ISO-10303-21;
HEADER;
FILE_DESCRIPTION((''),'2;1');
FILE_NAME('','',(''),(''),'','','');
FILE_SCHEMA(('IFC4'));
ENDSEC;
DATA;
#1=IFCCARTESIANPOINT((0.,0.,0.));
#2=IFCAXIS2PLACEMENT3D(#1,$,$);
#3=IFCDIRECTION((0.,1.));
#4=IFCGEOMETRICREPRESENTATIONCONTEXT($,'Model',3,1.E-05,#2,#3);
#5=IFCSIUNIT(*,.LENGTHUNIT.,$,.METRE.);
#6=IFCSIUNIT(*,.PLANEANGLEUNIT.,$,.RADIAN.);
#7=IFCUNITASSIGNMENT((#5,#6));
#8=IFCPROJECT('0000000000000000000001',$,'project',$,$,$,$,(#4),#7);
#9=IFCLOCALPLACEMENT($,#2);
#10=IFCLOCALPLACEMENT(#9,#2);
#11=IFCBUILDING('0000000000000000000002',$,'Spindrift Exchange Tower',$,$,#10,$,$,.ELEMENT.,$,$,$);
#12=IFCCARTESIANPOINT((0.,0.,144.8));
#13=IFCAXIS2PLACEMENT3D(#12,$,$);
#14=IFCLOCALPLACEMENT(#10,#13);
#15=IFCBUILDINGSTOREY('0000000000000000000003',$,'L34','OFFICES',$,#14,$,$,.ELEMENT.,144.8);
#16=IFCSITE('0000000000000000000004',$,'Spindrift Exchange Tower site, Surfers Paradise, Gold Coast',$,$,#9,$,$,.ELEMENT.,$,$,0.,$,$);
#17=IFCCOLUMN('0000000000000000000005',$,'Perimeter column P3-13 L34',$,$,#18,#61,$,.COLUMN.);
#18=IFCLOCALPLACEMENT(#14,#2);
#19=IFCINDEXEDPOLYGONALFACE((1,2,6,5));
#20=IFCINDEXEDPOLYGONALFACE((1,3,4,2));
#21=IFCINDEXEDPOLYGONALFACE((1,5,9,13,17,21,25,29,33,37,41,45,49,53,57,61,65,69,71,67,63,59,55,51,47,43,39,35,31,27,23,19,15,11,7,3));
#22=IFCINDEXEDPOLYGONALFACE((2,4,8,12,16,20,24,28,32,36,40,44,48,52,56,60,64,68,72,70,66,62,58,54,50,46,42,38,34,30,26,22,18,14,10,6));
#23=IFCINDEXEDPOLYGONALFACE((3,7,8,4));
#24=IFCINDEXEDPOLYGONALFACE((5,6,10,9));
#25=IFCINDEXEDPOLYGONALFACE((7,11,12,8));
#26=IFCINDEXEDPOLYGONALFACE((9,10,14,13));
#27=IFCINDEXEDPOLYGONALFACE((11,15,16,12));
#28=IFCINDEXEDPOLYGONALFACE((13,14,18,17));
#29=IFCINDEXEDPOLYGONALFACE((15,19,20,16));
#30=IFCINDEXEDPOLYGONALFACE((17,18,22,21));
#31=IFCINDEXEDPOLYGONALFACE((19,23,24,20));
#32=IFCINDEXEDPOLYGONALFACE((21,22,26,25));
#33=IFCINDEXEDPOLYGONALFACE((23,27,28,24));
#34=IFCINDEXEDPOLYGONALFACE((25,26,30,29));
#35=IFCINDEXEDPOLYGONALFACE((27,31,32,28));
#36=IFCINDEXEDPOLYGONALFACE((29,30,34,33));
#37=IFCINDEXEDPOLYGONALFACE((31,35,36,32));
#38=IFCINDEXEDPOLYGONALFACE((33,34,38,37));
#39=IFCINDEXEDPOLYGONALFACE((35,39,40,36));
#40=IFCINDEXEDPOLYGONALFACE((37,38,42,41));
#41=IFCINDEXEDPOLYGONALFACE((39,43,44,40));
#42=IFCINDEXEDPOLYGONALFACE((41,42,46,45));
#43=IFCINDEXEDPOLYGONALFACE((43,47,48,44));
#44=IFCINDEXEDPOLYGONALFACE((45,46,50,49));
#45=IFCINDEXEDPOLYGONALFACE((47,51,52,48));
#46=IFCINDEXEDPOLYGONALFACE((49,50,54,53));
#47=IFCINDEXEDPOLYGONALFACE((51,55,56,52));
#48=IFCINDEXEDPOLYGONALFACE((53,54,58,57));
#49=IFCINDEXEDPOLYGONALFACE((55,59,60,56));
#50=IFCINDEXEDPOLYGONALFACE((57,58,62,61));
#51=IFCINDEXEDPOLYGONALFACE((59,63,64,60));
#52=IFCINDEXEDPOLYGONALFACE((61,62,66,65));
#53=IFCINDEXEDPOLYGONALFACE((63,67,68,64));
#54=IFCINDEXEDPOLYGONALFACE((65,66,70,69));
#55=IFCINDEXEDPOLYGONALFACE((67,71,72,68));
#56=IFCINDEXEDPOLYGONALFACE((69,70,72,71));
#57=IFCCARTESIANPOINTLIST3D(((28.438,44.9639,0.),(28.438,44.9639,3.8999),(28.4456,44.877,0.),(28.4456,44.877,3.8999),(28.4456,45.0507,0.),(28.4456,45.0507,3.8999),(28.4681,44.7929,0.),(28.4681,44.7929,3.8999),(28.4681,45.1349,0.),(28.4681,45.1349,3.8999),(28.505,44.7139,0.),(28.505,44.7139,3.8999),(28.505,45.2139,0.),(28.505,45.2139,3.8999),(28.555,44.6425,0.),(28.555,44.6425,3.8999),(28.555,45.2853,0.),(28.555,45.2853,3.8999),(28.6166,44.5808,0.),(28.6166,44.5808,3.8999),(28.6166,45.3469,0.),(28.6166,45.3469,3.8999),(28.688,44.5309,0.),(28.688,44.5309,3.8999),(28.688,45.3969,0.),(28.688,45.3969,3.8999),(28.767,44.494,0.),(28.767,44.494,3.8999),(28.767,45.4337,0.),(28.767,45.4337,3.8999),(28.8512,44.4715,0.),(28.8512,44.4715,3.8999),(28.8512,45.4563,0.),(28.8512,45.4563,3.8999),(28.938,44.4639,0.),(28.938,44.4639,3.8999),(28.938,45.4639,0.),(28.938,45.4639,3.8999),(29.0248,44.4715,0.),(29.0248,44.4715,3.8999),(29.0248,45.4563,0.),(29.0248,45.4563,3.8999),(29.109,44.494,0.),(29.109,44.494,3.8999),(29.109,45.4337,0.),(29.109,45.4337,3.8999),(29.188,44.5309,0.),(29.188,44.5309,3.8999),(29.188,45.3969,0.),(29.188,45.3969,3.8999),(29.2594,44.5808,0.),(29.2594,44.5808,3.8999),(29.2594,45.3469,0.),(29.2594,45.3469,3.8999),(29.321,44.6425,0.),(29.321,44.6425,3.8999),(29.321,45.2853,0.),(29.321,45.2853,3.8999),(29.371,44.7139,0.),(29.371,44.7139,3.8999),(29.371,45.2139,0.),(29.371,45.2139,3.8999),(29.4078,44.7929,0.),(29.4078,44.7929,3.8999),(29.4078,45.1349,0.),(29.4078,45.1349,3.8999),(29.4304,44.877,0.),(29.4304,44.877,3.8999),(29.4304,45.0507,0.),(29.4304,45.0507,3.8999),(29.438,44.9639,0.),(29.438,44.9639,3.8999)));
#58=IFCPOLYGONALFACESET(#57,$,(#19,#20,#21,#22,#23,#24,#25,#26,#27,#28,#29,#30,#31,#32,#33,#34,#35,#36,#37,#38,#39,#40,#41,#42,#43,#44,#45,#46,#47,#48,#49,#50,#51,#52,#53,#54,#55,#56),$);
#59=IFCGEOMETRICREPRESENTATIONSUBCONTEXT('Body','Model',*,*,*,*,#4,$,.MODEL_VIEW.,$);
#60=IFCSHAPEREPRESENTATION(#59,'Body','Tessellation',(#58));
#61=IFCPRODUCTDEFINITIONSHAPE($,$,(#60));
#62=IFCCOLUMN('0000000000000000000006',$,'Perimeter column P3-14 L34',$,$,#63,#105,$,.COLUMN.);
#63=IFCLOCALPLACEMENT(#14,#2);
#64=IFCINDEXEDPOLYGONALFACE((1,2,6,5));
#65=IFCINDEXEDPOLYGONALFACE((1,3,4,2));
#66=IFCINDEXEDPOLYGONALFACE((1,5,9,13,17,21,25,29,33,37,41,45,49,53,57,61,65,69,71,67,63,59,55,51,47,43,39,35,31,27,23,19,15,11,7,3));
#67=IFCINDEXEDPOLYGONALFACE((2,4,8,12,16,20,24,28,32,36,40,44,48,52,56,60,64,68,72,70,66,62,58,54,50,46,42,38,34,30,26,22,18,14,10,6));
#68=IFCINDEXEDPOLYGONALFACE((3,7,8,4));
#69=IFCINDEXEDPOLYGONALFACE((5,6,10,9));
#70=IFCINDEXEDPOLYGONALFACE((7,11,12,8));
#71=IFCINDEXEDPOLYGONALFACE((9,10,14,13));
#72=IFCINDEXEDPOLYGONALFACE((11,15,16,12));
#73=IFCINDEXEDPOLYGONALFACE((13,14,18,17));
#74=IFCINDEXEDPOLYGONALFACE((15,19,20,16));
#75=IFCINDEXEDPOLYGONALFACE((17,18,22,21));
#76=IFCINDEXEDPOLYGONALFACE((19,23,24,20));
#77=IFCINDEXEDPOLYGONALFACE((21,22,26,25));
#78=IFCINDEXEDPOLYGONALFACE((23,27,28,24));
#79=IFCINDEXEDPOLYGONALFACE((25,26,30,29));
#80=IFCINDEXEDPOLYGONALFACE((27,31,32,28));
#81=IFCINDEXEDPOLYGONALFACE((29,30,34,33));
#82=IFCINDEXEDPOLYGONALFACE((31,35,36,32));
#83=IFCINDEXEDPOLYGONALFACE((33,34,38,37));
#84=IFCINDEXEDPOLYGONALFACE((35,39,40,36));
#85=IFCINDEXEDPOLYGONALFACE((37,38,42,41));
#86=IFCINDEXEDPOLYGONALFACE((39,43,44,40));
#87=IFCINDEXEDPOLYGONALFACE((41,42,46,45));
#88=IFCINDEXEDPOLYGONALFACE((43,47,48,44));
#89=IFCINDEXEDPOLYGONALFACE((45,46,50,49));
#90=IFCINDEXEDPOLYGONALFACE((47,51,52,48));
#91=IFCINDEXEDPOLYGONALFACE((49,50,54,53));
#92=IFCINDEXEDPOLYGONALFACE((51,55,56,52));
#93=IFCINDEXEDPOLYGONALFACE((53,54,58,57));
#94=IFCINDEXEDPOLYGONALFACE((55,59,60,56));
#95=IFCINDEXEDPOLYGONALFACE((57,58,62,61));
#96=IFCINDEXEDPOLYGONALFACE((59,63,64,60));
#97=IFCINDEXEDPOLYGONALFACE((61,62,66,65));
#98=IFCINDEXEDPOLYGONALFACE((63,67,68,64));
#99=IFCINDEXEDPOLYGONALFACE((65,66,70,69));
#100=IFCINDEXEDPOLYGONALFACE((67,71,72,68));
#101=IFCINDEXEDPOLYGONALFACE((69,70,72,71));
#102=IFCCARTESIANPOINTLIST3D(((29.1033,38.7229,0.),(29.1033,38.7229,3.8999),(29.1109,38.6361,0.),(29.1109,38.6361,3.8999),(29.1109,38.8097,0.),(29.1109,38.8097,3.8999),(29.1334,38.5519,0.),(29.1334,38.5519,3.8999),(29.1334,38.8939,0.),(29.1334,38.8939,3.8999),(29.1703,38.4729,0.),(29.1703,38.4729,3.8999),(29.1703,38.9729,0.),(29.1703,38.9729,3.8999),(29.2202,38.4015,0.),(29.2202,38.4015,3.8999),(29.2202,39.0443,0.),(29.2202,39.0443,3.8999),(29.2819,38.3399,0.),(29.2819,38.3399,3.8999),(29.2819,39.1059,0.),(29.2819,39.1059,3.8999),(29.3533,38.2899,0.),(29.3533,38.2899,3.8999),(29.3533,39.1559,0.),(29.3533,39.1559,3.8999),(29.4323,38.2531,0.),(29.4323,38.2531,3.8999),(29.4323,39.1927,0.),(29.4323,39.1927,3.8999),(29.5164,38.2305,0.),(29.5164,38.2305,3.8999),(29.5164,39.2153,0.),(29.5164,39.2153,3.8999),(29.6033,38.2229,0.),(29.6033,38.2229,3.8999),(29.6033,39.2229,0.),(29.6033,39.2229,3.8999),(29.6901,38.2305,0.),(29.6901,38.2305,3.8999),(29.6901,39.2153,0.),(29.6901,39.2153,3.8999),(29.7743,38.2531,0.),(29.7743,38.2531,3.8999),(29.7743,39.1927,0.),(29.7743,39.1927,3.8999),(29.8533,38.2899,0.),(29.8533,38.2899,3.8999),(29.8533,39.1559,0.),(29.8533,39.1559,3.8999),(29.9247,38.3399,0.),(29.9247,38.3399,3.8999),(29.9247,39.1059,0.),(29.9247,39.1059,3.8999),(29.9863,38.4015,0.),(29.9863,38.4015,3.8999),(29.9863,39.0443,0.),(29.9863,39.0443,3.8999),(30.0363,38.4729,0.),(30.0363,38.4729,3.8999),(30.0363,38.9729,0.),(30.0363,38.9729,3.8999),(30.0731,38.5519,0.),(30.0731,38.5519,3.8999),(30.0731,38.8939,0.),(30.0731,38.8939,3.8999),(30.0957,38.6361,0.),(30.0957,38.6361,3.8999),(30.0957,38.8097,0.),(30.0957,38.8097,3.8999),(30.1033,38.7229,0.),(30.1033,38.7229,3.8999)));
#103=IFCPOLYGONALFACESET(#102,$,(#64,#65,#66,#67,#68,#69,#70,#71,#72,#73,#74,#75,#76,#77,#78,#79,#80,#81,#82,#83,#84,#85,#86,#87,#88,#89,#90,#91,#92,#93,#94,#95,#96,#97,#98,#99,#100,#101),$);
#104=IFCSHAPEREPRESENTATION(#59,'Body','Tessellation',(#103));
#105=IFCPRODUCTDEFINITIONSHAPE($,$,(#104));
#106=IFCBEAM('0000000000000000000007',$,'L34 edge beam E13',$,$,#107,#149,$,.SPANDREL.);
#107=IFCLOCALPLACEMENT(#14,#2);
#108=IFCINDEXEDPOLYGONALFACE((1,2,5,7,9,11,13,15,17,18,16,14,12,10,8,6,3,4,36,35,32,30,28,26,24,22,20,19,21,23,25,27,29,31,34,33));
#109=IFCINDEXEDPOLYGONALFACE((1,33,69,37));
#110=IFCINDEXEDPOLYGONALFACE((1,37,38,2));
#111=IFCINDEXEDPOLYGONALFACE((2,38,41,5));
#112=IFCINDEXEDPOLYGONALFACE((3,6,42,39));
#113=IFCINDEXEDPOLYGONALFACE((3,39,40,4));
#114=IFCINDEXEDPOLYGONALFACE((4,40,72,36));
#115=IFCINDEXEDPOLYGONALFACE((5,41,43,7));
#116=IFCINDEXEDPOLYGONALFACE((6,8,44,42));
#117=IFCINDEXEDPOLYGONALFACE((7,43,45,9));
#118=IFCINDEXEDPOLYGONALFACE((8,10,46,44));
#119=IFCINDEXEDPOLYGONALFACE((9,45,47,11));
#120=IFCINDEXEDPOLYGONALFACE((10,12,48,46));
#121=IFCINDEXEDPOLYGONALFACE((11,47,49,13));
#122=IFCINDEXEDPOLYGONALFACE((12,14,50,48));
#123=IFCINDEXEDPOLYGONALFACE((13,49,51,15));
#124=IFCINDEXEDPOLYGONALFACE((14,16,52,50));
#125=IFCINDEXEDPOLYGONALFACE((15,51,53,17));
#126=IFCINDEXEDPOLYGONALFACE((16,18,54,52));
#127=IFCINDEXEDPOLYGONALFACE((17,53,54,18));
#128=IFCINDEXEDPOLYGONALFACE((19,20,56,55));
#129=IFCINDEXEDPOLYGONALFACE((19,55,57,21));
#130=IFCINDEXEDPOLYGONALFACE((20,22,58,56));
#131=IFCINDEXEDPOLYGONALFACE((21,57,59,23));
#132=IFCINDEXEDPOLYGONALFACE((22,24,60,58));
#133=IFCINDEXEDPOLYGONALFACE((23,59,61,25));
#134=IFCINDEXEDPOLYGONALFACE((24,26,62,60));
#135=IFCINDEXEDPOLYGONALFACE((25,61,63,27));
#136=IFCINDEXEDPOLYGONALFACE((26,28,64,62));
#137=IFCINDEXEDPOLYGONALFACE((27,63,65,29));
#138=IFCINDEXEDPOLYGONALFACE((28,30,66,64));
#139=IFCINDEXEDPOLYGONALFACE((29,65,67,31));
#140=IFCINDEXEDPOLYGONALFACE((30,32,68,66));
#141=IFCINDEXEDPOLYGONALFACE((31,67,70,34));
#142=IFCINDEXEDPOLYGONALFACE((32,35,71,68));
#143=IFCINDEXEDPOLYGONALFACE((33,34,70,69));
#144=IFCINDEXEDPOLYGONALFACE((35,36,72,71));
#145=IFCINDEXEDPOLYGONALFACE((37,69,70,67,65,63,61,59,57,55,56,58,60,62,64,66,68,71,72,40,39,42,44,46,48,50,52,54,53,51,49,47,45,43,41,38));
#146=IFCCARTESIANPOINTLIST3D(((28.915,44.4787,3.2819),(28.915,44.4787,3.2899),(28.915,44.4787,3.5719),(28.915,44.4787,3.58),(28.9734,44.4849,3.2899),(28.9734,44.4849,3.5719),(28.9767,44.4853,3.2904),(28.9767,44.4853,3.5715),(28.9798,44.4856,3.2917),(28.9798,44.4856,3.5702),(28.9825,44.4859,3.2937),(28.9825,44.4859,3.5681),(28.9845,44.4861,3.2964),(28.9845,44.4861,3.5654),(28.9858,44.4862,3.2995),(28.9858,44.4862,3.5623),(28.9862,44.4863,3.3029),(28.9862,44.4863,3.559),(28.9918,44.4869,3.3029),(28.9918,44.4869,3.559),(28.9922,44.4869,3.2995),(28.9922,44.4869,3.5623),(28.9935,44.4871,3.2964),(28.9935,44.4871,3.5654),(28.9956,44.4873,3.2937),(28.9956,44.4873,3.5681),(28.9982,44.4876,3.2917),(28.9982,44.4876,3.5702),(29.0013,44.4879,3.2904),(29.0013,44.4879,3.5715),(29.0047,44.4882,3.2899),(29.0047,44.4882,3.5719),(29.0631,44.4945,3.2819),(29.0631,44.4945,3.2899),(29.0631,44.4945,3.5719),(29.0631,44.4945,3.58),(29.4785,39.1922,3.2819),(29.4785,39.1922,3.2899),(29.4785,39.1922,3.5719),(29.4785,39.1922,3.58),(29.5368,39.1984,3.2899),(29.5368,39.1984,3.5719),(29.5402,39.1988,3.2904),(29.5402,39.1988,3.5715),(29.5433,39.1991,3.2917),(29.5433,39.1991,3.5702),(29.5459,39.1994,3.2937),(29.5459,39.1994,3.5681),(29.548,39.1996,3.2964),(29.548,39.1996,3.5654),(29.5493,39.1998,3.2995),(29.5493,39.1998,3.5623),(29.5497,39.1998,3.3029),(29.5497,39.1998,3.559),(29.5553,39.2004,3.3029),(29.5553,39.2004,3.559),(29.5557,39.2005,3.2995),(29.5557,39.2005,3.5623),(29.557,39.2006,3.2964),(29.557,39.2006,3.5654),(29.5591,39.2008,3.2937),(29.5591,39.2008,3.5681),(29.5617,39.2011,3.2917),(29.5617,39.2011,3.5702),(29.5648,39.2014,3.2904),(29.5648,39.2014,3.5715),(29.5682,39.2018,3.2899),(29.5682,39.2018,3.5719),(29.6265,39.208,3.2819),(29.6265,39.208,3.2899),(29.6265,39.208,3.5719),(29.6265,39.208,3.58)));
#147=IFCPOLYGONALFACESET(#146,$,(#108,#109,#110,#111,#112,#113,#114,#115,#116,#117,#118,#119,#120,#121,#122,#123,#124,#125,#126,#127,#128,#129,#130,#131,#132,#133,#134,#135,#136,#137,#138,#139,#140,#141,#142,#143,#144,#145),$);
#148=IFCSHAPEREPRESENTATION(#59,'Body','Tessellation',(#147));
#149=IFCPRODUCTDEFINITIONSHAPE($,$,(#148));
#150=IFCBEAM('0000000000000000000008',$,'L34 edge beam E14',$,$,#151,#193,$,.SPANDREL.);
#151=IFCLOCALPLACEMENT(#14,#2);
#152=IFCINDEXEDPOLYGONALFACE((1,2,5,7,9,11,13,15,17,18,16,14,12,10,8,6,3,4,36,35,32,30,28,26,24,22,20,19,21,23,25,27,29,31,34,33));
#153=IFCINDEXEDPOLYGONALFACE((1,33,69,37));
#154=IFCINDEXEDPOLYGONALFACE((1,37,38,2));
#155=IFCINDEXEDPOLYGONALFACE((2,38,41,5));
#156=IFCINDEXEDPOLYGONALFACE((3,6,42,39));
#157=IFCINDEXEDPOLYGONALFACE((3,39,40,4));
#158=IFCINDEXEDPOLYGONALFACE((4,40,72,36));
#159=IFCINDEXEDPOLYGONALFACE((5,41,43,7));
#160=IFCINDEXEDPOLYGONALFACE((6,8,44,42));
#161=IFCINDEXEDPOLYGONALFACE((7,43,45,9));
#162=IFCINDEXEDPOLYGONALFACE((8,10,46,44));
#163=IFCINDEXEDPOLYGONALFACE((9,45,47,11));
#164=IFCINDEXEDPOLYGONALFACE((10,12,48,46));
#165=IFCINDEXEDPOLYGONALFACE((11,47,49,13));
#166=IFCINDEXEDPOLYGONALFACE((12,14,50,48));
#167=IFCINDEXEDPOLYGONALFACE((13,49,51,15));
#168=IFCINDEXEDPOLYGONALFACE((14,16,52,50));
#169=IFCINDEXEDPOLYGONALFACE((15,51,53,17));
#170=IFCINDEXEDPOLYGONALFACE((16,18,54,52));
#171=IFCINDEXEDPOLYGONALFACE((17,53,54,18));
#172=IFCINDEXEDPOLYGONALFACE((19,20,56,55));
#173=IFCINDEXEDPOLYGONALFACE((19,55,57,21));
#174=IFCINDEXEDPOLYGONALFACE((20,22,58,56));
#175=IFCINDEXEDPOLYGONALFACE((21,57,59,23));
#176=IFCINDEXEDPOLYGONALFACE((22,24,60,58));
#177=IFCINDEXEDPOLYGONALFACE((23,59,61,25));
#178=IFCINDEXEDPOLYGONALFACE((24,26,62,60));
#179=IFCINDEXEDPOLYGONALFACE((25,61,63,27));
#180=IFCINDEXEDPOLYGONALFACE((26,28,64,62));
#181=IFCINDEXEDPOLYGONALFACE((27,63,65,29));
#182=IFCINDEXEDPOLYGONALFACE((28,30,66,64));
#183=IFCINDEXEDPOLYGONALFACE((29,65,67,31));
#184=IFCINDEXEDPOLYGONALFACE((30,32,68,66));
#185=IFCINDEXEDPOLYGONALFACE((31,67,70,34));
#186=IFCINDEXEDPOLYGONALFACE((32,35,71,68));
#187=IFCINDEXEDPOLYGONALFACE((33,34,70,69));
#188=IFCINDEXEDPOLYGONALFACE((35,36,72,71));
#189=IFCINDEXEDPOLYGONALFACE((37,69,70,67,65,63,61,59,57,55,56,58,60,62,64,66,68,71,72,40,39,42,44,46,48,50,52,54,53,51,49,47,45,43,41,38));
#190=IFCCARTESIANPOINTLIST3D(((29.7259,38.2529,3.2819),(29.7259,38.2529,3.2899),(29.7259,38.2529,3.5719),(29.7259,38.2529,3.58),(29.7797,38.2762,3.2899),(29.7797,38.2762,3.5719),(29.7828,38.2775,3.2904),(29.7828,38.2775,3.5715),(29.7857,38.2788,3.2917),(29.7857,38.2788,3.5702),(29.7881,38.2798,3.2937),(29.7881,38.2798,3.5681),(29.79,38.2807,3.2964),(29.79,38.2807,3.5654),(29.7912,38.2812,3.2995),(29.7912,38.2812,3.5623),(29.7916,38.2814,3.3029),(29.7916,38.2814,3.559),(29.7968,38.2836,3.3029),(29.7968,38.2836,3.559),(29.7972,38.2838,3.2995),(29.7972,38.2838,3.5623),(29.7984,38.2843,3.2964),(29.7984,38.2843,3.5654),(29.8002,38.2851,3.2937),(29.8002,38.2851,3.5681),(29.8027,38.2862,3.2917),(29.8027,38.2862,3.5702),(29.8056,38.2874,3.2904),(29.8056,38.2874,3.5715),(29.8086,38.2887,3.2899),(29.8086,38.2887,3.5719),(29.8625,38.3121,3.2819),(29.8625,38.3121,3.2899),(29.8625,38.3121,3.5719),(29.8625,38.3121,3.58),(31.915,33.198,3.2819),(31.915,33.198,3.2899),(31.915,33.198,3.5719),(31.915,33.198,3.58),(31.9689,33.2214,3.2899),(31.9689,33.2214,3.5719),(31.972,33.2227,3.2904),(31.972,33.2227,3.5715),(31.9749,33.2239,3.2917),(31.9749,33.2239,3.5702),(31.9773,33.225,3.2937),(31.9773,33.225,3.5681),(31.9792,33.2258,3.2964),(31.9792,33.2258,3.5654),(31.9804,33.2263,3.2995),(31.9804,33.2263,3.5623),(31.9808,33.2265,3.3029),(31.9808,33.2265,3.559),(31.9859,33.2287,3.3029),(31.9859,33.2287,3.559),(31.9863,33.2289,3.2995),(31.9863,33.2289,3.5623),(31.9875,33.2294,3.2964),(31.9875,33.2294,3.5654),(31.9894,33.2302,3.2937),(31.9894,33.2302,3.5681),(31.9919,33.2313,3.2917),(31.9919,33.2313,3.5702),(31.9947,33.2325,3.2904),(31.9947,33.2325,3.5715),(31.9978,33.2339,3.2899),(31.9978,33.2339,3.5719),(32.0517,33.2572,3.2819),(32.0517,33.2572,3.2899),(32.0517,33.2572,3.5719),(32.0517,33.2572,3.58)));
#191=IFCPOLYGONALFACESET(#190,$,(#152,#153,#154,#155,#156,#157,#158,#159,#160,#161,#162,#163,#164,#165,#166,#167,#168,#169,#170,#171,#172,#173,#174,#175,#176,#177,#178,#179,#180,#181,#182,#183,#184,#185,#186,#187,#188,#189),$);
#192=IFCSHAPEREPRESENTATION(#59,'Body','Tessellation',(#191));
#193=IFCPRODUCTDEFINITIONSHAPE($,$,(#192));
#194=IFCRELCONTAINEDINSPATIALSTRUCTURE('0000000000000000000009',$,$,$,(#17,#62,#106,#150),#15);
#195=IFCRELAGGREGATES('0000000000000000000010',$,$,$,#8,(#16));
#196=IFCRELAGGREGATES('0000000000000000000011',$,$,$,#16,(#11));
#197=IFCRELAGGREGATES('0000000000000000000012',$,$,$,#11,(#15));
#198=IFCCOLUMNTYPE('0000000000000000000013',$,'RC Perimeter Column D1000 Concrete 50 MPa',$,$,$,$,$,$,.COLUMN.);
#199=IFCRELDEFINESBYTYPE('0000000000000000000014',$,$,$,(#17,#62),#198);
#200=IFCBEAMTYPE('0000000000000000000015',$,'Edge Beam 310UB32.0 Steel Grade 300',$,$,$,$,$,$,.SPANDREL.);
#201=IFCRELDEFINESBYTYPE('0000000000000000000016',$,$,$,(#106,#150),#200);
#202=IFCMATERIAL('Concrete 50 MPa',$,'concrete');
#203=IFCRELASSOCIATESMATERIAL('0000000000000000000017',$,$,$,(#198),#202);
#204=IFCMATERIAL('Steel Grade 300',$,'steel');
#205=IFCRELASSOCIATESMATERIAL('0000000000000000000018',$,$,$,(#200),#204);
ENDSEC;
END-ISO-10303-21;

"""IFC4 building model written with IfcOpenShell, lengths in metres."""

from ifc_helpers import new_model, si_unit, direction, frame, origin, origin_2d, place, context, subcontext, project, spatial, circle, i_section, extrude, source, transform, mapped, material, material_profile, profile_set, type_object, element, save


model = new_model("IFC4")

# Units and contexts
model_context = context("Model", 3, precision=1e-05, world=origin(), true_north=direction((0.0, 1.0)))
body_context = subcontext(model_context, "Body", "Model", "MODEL_VIEW")
ifc_project = project(units=[si_unit("LENGTHUNIT", "METRE"), si_unit("PLANEANGLEUNIT", "RADIAN")], contexts=[model_context])

# Site, building, storey
site_placement = place(None, origin())
site = spatial("IfcSite", under=ifc_project, at=site_placement, Name="Spindrift Exchange Tower site, Surfers Paradise, Gold Coast", CompositionType="ELEMENT", RefElevation=0.0)
building_placement = place(site_placement, origin())
building = spatial("IfcBuilding", under=site, at=building_placement, Name="Spindrift Exchange Tower", CompositionType="ELEMENT")
storey_placement = place(building_placement, frame((0.0, 0.0, 144.8)))
storey = spatial("IfcBuildingStorey", under=building, at=storey_placement, Name="L34", Description="OFFICES", CompositionType="ELEMENT", Elevation=144.8)

# Columns
ifc_material_1 = material(Name="Concrete 50 MPa", Category="concrete")
ifc_material_profile_1 = material_profile(ifc_material_1, circle(Radius=0.5, at=origin_2d()), Name="RC D1000")
ifc_profile_set_1 = profile_set([ifc_material_profile_1], Name="Concrete 50 MPa")
column_type = type_object("IfcColumnType", Name="RC Perimeter Column D1000 Concrete 50 MPa", PredefinedType="COLUMN", material=ifc_profile_set_1)
shared_shape_1 = source(origin(), body_context, "Body", "SweptSolid", [
    extrude(circle(Radius=0.5, at=origin_2d()), origin(), (0.0, 0.0, 1.0), 3.8999),
])
for number, where, z_axis, x_axis, name in (
    (1, (28.938, 44.9639, 0.0), (0.0, 0.0, 1.0), (1.0, 0.0, 0.0), "Perimeter column P3-13 L34"),
    (2, (29.6033, 38.7229, 0.0), (0.0, 0.0, 1.0), (1.0, 0.0, 0.0), "Perimeter column P3-14 L34"),
):
    element("IfcColumn", number, at=place(storey_placement, frame(where, z_axis=z_axis, x_axis=x_axis)), inside=storey, type_object=column_type, Name=name, PredefinedType="COLUMN", context=body_context, shape_type="MappedRepresentation", body=[
        mapped(shared_shape_1, transform((0.0, 0.0, 0.0), scale=1.0)),
    ])

# Beams
ifc_material_2 = material(Name="Steel Grade 300", Category="steel")
ifc_material_profile_2 = material_profile(ifc_material_2, i_section(OverallWidth=0.1489, OverallDepth=0.2981, WebThickness=0.0056, FlangeThickness=0.0081, FilletRadius=0.0129, at=origin_2d()), Name="310UB32.0")
ifc_profile_set_2 = profile_set([ifc_material_profile_2], Name="Steel Grade 300")
beam_type_1 = type_object("IfcBeamType", Name="Edge Beam 310UB32.0 Steel Grade 300", PredefinedType="SPANDREL", material=ifc_profile_set_2)
shared_shape_2 = source(origin(), body_context, "Body", "SweptSolid", [
    extrude(i_section(OverallWidth=0.1489, OverallDepth=0.2981, WebThickness=0.0056, FlangeThickness=0.0081, FilletRadius=0.0129, at=origin_2d()), origin(), (0.0, 0.0, 1.0), 5.3164),
])
beam_1_placement = place(storey_placement, frame((28.989, 44.4866, 3.4309), z_axis=(0.10599, -0.994367, 0.0), x_axis=(0.994367, 0.10599, 0.0)))
element("IfcBeam", 3, at=beam_1_placement, inside=storey, type_object=beam_type_1, Name="L34 edge beam E13", PredefinedType="SPANDREL", context=body_context, shape_type="MappedRepresentation", body=[
    mapped(shared_shape_2, transform((0.0, 0.0, 0.0), scale=1.0)),
])
shared_shape_3 = source(origin(), body_context, "Body", "SweptSolid", [
    extrude(i_section(OverallWidth=0.1489, OverallDepth=0.2981, WebThickness=0.0056, FlangeThickness=0.0081, FilletRadius=0.0129, at=origin_2d()), origin(), (0.0, 0.0, 1.0), 5.5085),
])
beam_2_placement = place(storey_placement, frame((29.7942, 38.2825, 3.4309), z_axis=(0.397415, -0.917639, 0.0), x_axis=(0.917639, 0.397415, 0.0)))
element("IfcBeam", 4, at=beam_2_placement, inside=storey, type_object=beam_type_1, Name="L34 edge beam E14", PredefinedType="SPANDREL", context=body_context, shape_type="MappedRepresentation", body=[
    mapped(shared_shape_3, transform((0.0, 0.0, 0.0), scale=1.0)),
])

save(model, "model.ifc")
